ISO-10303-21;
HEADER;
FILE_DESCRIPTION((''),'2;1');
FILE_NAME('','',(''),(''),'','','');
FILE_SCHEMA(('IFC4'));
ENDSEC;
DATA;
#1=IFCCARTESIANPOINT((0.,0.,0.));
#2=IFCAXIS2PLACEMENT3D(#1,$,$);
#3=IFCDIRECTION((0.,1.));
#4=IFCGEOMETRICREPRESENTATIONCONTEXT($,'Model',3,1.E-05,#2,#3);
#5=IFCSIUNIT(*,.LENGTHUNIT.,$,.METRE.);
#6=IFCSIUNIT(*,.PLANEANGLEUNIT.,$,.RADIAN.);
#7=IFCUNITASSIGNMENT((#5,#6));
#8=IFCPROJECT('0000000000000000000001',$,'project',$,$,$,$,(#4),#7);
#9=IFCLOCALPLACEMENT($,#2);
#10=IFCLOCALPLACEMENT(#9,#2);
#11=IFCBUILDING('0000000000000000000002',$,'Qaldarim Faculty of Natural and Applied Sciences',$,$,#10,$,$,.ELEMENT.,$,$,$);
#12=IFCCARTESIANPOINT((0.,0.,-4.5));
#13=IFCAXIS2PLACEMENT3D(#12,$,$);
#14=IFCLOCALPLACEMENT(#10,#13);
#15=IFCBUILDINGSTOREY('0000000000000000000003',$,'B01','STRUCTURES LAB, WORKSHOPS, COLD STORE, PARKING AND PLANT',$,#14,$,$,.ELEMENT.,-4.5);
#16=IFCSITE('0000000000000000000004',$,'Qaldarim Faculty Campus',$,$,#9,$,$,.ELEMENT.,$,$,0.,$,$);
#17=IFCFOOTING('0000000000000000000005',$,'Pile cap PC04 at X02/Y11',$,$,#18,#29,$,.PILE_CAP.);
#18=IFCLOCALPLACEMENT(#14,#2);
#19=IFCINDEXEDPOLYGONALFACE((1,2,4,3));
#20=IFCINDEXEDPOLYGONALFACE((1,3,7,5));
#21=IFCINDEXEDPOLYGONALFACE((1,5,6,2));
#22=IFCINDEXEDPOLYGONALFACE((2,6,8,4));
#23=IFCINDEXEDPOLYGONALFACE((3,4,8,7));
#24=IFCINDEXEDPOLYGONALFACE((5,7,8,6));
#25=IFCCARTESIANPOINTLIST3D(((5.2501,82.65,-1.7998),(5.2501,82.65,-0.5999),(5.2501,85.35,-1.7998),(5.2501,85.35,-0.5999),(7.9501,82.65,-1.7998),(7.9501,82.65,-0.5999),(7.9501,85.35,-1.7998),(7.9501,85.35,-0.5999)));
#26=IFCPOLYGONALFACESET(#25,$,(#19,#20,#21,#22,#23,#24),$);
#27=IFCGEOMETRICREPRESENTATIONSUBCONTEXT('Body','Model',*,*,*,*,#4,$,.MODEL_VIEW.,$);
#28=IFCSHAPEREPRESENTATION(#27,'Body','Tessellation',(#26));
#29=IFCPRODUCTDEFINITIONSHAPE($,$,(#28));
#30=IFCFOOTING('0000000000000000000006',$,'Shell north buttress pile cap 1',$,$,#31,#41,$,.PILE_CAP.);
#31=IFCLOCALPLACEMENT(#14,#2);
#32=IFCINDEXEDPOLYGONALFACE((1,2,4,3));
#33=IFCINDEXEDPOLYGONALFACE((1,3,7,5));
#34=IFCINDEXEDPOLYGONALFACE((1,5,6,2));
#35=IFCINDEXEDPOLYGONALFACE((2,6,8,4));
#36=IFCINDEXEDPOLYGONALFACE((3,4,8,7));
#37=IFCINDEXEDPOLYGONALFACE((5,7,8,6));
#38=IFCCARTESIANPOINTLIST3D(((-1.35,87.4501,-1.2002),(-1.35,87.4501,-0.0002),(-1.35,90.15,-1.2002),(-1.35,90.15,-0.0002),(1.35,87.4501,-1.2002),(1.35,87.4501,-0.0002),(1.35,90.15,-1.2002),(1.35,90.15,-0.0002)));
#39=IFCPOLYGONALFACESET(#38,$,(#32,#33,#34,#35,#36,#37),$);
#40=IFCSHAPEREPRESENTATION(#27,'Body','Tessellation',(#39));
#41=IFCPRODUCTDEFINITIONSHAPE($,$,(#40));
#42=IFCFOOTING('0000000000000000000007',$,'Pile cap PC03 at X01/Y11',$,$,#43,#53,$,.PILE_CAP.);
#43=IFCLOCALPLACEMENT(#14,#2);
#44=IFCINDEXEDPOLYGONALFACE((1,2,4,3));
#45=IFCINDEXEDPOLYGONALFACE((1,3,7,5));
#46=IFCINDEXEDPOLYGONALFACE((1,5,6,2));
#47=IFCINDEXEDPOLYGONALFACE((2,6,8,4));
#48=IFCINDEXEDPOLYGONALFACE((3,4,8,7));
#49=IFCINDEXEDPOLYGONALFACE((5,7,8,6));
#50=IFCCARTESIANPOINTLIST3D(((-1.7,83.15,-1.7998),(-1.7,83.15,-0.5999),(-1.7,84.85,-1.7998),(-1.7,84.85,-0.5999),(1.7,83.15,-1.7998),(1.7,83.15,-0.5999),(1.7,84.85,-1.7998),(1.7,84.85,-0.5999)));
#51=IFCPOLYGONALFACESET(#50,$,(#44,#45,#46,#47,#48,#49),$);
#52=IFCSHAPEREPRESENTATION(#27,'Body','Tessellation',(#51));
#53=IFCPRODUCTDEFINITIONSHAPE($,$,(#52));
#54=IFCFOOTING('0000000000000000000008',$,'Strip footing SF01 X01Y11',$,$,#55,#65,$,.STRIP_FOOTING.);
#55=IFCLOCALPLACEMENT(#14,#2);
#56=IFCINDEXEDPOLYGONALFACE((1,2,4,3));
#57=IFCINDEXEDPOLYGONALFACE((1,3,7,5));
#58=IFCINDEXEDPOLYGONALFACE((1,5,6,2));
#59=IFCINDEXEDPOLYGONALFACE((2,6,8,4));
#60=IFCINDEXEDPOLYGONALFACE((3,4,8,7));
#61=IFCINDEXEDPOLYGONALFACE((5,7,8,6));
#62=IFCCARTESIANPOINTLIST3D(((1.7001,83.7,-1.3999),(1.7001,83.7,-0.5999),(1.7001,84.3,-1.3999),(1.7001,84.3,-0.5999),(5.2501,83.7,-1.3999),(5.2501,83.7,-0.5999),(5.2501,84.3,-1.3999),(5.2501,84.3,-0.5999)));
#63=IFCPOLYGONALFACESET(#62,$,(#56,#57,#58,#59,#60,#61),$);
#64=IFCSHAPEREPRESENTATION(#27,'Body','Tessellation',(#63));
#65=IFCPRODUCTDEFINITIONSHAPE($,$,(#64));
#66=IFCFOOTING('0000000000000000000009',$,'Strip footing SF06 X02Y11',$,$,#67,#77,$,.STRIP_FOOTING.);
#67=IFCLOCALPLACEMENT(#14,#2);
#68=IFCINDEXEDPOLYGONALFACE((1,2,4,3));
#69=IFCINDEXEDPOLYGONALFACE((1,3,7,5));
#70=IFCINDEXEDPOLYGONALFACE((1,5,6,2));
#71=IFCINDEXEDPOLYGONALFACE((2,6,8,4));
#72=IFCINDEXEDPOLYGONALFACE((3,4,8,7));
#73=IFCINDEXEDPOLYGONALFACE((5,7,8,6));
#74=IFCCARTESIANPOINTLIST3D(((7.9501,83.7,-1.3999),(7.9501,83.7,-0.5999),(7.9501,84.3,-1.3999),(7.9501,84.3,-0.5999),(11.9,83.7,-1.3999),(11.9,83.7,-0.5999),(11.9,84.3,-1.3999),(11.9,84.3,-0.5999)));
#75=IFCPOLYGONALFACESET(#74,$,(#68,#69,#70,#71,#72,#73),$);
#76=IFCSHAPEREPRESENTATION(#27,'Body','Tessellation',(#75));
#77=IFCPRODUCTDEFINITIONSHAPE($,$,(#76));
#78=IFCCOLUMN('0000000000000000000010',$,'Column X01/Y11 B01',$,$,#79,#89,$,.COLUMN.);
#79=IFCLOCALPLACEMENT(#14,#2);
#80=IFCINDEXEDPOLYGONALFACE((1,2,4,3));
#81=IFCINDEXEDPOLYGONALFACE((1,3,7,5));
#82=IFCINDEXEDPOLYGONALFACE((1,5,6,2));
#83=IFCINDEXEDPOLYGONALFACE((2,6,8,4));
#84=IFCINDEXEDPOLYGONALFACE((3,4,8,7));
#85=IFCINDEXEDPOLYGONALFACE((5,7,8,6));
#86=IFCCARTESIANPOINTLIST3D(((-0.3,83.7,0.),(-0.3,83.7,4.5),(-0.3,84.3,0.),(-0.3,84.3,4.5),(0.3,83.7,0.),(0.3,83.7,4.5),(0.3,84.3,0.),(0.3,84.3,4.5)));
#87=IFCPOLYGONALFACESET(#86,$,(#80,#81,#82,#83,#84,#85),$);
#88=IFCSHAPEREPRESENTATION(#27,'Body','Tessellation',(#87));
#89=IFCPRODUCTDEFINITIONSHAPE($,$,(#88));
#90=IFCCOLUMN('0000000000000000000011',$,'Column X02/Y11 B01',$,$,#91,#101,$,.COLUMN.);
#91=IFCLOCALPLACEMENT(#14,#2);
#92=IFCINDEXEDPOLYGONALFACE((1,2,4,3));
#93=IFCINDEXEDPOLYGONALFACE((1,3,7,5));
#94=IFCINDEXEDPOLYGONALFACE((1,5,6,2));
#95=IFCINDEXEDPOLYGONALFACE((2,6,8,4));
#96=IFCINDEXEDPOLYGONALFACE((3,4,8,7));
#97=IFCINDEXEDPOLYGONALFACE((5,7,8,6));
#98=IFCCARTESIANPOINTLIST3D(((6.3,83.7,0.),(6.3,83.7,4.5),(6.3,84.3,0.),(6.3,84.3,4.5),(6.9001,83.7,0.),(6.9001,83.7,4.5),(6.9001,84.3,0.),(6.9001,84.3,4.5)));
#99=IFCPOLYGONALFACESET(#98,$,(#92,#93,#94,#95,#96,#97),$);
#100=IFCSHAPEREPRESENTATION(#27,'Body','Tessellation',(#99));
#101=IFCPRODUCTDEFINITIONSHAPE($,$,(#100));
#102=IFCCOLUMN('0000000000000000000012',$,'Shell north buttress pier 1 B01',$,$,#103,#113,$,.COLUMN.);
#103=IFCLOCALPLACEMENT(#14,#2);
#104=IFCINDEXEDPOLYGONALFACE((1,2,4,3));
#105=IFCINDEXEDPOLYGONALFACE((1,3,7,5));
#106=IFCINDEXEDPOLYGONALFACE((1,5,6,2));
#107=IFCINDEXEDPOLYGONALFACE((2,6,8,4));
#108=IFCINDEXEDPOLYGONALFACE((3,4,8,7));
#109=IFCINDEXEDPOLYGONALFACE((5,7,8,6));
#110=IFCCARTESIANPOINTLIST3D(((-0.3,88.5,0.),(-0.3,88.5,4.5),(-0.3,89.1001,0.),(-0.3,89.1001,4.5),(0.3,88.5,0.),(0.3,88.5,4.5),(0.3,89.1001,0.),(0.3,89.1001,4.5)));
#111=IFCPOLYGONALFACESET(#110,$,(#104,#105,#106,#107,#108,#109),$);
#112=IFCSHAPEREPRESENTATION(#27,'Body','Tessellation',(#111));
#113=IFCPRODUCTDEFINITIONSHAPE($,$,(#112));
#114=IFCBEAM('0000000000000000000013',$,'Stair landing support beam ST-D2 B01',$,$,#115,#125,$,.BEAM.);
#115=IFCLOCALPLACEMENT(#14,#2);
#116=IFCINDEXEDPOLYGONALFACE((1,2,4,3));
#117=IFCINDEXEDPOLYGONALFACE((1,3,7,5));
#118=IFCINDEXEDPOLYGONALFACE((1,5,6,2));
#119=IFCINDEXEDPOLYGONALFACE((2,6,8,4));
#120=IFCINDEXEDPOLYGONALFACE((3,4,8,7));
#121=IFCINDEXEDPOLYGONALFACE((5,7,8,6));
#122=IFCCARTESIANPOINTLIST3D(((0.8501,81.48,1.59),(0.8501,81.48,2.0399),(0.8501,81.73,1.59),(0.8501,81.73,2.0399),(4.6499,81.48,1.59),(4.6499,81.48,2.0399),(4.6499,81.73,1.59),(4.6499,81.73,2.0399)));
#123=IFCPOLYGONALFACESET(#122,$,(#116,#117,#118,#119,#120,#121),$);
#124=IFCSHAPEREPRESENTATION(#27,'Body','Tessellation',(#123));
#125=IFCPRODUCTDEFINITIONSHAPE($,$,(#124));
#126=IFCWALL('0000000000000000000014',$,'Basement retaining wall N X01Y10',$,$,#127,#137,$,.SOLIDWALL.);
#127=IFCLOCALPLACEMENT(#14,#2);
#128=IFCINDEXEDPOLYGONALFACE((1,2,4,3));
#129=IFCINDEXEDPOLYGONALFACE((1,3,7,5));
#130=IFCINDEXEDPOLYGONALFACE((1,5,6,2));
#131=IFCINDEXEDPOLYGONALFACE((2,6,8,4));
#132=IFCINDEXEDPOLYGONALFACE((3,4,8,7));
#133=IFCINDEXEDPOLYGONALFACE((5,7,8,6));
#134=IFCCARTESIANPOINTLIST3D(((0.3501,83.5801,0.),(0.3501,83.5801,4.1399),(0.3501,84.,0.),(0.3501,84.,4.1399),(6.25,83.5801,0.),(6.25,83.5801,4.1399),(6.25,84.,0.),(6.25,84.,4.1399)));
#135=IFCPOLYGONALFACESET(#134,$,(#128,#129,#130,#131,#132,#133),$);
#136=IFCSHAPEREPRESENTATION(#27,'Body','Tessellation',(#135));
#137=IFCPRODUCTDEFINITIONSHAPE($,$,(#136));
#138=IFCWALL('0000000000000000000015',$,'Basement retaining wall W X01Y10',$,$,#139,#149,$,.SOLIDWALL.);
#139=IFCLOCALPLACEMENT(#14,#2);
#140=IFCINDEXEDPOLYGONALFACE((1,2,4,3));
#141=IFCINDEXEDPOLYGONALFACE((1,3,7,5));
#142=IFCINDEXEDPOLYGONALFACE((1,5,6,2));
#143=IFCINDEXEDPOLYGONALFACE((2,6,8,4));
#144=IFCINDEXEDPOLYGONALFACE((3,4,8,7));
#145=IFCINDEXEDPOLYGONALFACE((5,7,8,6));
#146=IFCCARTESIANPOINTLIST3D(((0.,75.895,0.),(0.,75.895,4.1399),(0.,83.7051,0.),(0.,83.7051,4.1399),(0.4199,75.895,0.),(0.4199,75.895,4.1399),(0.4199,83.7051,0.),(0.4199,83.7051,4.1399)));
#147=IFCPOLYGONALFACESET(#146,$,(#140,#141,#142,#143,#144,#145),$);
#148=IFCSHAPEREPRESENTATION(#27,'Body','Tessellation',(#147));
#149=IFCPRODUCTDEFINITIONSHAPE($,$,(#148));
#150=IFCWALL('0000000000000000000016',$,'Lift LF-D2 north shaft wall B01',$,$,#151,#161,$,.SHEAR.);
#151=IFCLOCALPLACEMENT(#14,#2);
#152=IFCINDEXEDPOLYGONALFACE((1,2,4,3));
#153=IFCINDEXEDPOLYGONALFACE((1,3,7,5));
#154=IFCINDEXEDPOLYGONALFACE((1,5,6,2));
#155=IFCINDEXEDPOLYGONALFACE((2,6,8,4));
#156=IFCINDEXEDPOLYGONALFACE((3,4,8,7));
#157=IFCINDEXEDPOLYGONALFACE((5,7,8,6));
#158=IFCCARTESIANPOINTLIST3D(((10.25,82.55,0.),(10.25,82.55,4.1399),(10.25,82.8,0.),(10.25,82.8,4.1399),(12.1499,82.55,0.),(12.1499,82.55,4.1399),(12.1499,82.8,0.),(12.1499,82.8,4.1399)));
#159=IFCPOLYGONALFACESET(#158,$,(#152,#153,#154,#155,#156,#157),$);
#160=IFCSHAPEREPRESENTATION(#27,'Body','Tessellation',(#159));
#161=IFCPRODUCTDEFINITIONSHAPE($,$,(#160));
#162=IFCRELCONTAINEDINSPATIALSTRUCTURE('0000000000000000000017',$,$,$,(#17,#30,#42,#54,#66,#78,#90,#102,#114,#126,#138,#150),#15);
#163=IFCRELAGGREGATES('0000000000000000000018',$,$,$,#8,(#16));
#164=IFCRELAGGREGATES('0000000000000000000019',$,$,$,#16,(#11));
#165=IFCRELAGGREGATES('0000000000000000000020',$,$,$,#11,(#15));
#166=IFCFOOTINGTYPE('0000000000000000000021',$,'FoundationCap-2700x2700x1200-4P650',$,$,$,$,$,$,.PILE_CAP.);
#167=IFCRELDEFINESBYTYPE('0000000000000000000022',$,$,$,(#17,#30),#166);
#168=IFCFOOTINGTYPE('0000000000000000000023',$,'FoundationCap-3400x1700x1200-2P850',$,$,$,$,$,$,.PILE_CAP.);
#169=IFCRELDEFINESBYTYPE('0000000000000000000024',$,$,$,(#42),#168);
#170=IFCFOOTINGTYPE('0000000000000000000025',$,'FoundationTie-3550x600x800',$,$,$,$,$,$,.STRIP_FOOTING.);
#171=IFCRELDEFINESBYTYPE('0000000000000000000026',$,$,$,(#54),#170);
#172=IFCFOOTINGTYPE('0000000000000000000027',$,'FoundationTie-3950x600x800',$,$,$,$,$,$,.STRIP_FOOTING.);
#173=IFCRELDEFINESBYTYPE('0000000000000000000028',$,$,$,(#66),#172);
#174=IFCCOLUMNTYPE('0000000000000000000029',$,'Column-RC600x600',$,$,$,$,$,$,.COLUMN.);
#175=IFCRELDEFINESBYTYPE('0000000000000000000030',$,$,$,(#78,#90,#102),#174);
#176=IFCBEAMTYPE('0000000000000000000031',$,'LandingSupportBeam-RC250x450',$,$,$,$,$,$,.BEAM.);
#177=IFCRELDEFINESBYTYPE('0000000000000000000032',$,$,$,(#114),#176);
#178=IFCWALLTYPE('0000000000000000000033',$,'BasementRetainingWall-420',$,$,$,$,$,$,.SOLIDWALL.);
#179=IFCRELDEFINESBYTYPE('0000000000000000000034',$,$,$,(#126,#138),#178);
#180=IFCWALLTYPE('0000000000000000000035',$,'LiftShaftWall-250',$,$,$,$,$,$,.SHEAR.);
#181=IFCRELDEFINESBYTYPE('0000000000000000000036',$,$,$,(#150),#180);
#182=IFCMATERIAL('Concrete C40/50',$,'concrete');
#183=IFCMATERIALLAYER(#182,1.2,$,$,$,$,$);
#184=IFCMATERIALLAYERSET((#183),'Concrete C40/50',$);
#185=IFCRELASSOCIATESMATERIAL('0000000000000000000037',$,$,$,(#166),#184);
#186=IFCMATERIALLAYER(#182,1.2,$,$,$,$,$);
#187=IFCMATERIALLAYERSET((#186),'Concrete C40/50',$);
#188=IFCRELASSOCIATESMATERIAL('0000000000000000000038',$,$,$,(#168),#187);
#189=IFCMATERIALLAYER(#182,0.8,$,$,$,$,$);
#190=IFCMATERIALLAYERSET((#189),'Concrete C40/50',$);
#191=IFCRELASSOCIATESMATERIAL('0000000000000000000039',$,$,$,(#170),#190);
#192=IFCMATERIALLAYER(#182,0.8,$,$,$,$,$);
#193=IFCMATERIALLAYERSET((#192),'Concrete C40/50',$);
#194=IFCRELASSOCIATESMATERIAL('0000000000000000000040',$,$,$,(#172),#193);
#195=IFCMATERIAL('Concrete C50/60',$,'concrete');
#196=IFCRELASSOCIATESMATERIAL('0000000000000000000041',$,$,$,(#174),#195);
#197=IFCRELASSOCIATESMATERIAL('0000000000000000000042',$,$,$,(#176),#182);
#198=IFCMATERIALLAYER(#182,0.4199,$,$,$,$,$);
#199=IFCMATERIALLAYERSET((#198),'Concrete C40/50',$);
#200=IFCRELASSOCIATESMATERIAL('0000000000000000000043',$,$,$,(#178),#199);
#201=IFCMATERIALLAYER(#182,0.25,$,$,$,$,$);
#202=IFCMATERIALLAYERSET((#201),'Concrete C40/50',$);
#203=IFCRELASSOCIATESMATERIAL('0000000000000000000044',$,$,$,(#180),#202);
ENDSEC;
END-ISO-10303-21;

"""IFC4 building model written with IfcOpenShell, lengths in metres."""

from ifc_helpers import new_model, si_unit, direction, frame, frame_2d, origin, origin_2d, place, context, subcontext, project, spatial, rectangle, extrude, material, layer, layer_set, material_profile, profile_set, type_object, element, save


model = new_model("IFC4")

# Units and contexts
model_context = context("Model", 3, precision=1e-05, world=origin(), true_north=direction((0.0, 1.0)))
body_context = subcontext(model_context, "Body", "Model", "MODEL_VIEW")
ifc_project = project(units=[si_unit("LENGTHUNIT", "METRE"), si_unit("PLANEANGLEUNIT", "RADIAN")], contexts=[model_context])

# Site, building, storey
site_placement = place(None, origin())
site = spatial("IfcSite", under=ifc_project, at=site_placement, Name="Qaldarim Faculty Campus", CompositionType="ELEMENT", RefElevation=0.0)
building_placement = place(site_placement, origin())
building = spatial("IfcBuilding", under=site, at=building_placement, Name="Qaldarim Faculty of Natural and Applied Sciences", CompositionType="ELEMENT")
storey_placement = place(building_placement, frame((0.0, 0.0, -4.5)))
storey = spatial("IfcBuildingStorey", under=building, at=storey_placement, Name="B01", Description="STRUCTURES LAB, WORKSHOPS, COLD STORE, PARKING AND PLANT", CompositionType="ELEMENT", Elevation=-4.5)

# Shared definitions
ifc_material_1 = material(Name="Concrete C40/50", Category="concrete")

# Footings
ifc_layer_1 = layer(ifc_material_1, 1.2)
ifc_layer_set_1 = layer_set([ifc_layer_1], Name="Concrete C40/50")
footing_type_1 = type_object("IfcFootingType", Name="FoundationCap-2700x2700x1200-4P650", PredefinedType="PILE_CAP", material=ifc_layer_set_1)
for number, where, z_axis, x_axis, name in (
    (1, (6.6001, 84.0, -1.7998), (0.0, 0.0, 1.0), (1.0, 0.0, 0.0), "Pile cap PC04 at X02/Y11"),
    (2, (0.0, 88.8, -1.2002), (0.0, 0.0, 1.0), (1.0, 0.0, 0.0), "Shell north buttress pile cap 1"),
):
    element("IfcFooting", number, at=place(storey_placement, frame(where, z_axis=z_axis, x_axis=x_axis)), inside=storey, type_object=footing_type_1, Name=name, PredefinedType="PILE_CAP", context=body_context, shape_type="SweptSolid", body=[
        extrude(rectangle(XDim=2.7, YDim=2.7, at=origin_2d()), origin(), (0.0, 0.0, 1.0), 1.2),
    ])
ifc_layer_2 = layer(ifc_material_1, 1.2)
ifc_layer_set_2 = layer_set([ifc_layer_2], Name="Concrete C40/50")
footing_type_2 = type_object("IfcFootingType", Name="FoundationCap-3400x1700x1200-2P850", PredefinedType="PILE_CAP", material=ifc_layer_set_2)
footing_1_placement = place(storey_placement, frame((0.0, 84.0, -1.7998), z_axis=(0.0, 0.0, 1.0), x_axis=(1.0, 0.0, 0.0)))
element("IfcFooting", 3, at=footing_1_placement, inside=storey, type_object=footing_type_2, Name="Pile cap PC03 at X01/Y11", PredefinedType="PILE_CAP", context=body_context, shape_type="SweptSolid", body=[
    extrude(rectangle(XDim=3.3999, YDim=1.7, at=origin_2d()), origin(), (0.0, 0.0, 1.0), 1.2),
])
ifc_layer_3 = layer(ifc_material_1, 0.8)
ifc_layer_set_3 = layer_set([ifc_layer_3], Name="Concrete C40/50")
footing_type_3 = type_object("IfcFootingType", Name="FoundationTie-3550x600x800", PredefinedType="STRIP_FOOTING", material=ifc_layer_set_3)
footing_2_placement = place(storey_placement, frame((3.4751, 84.0, -1.3999), z_axis=(0.0, 0.0, 1.0), x_axis=(1.0, 0.0, 0.0)))
element("IfcFooting", 4, at=footing_2_placement, inside=storey, type_object=footing_type_3, Name="Strip footing SF01 X01Y11", PredefinedType="STRIP_FOOTING", context=body_context, shape_type="SweptSolid", body=[
    extrude(rectangle(XDim=3.55, YDim=0.6001, at=origin_2d()), origin(), (0.0, 0.0, 1.0), 0.8),
])
ifc_layer_4 = layer(ifc_material_1, 0.8)
ifc_layer_set_4 = layer_set([ifc_layer_4], Name="Concrete C40/50")
footing_type_4 = type_object("IfcFootingType", Name="FoundationTie-3950x600x800", PredefinedType="STRIP_FOOTING", material=ifc_layer_set_4)
footing_3_placement = place(storey_placement, frame((9.925, 84.0, -1.3999), z_axis=(0.0, 0.0, 1.0), x_axis=(1.0, 0.0, 0.0)))
element("IfcFooting", 5, at=footing_3_placement, inside=storey, type_object=footing_type_4, Name="Strip footing SF06 X02Y11", PredefinedType="STRIP_FOOTING", context=body_context, shape_type="SweptSolid", body=[
    extrude(rectangle(XDim=3.95, YDim=0.6001, at=origin_2d()), origin(), (0.0, 0.0, 1.0), 0.8),
])

# Columns
ifc_material_2 = material(Name="Concrete C50/60", Category="concrete")
ifc_material_profile_1 = material_profile(ifc_material_2, rectangle(XDim=0.6001, YDim=0.6001, at=origin_2d()), Name="RC-C600x600")
ifc_profile_set_1 = profile_set([ifc_material_profile_1], Name="Concrete C50/60")
column_type = type_object("IfcColumnType", Name="Column-RC600x600", PredefinedType="COLUMN", material=ifc_profile_set_1)
for number, where, z_axis, x_axis, name in (
    (6, (0.0, 84.0, 0.0), (0.0, 0.0, 1.0), (1.0, 0.0, 0.0), "Column X01/Y11 B01"),
    (7, (6.6001, 84.0, 0.0), (0.0, 0.0, 1.0), (1.0, 0.0, 0.0), "Column X02/Y11 B01"),
    (8, (0.0, 88.8, 0.0), (0.0, 0.0, 1.0), (1.0, 0.0, 0.0), "Shell north buttress pier 1 B01"),
):
    element("IfcColumn", number, at=place(storey_placement, frame(where, z_axis=z_axis, x_axis=x_axis)), inside=storey, type_object=column_type, Name=name, PredefinedType="COLUMN", context=body_context, shape_type="SweptSolid", body=[
        extrude(rectangle(XDim=0.6001, YDim=0.6001, at=origin_2d()), origin(), (0.0, 0.0, 1.0), 4.5),
    ])

# Beam
ifc_material_profile_2 = material_profile(ifc_material_1, rectangle(XDim=0.25, YDim=0.45, at=origin_2d()), Name="RC-LN250x450")
ifc_profile_set_2 = profile_set([ifc_material_profile_2], Name="Concrete C40/50")
beam_type = type_object("IfcBeamType", Name="LandingSupportBeam-RC250x450", PredefinedType="BEAM", material=ifc_profile_set_2)
beam_placement = place(storey_placement, frame((0.8501, 81.605, 1.8149), z_axis=(1.0, 0.0, 0.0), x_axis=(0.0, 1.0, 0.0)))
element("IfcBeam", 9, at=beam_placement, inside=storey, type_object=beam_type, Name="Stair landing support beam ST-D2 B01", PredefinedType="BEAM", context=body_context, shape_type="SweptSolid", body=[
    extrude(rectangle(XDim=0.25, YDim=0.45, at=origin_2d()), origin(), (0.0, 0.0, 1.0), 3.7998),
])

# Walls
ifc_layer_5 = layer(ifc_material_1, 0.4199)
ifc_layer_set_5 = layer_set([ifc_layer_5], Name="Concrete C40/50")
wall_type_1 = type_object("IfcWallType", Name="BasementRetainingWall-420", PredefinedType="SOLIDWALL", material=ifc_layer_set_5)
wall_1_placement = place(storey_placement, frame((6.25, 83.79, 0.0), z_axis=(0.0, 0.0, 1.0), x_axis=(-1.0, 0.0, 0.0)))
element("IfcWall", 10, at=wall_1_placement, inside=storey, type_object=wall_type_1, Name="Basement retaining wall N X01Y10", PredefinedType="SOLIDWALL", context=body_context, shape_type="SweptSolid", body=[
    extrude(rectangle(XDim=5.8999, YDim=0.4199, at=frame_2d((2.95, 0.0))), origin(), (0.0, 0.0, 1.0), 4.1399),
])
wall_2_placement = place(storey_placement, frame((0.21, 83.7051, 0.0), z_axis=(0.0, 0.0, 1.0), x_axis=(0.0, -1.0, 0.0)))
element("IfcWall", 11, at=wall_2_placement, inside=storey, type_object=wall_type_1, Name="Basement retaining wall W X01Y10", PredefinedType="SOLIDWALL", context=body_context, shape_type="SweptSolid", body=[
    extrude(rectangle(XDim=7.8101, YDim=0.4199, at=frame_2d((3.905, 0.0))), origin(), (0.0, 0.0, 1.0), 4.1399),
])
ifc_layer_6 = layer(ifc_material_1, 0.25)
ifc_layer_set_6 = layer_set([ifc_layer_6], Name="Concrete C40/50")
wall_type_2 = type_object("IfcWallType", Name="LiftShaftWall-250", PredefinedType="SHEAR", material=ifc_layer_set_6)
wall_3_placement = place(storey_placement, frame((10.25, 82.675, 0.0), z_axis=(0.0, 0.0, 1.0), x_axis=(1.0, 0.0, 0.0)))
element("IfcWall", 12, at=wall_3_placement, inside=storey, type_object=wall_type_2, Name="Lift LF-D2 north shaft wall B01", PredefinedType="SHEAR", context=body_context, shape_type="SweptSolid", body=[
    extrude(rectangle(XDim=1.8999, YDim=0.25, at=frame_2d((0.95, 0.0))), origin(), (0.0, 0.0, 1.0), 4.1399),
])

save(model, "model.ifc")
